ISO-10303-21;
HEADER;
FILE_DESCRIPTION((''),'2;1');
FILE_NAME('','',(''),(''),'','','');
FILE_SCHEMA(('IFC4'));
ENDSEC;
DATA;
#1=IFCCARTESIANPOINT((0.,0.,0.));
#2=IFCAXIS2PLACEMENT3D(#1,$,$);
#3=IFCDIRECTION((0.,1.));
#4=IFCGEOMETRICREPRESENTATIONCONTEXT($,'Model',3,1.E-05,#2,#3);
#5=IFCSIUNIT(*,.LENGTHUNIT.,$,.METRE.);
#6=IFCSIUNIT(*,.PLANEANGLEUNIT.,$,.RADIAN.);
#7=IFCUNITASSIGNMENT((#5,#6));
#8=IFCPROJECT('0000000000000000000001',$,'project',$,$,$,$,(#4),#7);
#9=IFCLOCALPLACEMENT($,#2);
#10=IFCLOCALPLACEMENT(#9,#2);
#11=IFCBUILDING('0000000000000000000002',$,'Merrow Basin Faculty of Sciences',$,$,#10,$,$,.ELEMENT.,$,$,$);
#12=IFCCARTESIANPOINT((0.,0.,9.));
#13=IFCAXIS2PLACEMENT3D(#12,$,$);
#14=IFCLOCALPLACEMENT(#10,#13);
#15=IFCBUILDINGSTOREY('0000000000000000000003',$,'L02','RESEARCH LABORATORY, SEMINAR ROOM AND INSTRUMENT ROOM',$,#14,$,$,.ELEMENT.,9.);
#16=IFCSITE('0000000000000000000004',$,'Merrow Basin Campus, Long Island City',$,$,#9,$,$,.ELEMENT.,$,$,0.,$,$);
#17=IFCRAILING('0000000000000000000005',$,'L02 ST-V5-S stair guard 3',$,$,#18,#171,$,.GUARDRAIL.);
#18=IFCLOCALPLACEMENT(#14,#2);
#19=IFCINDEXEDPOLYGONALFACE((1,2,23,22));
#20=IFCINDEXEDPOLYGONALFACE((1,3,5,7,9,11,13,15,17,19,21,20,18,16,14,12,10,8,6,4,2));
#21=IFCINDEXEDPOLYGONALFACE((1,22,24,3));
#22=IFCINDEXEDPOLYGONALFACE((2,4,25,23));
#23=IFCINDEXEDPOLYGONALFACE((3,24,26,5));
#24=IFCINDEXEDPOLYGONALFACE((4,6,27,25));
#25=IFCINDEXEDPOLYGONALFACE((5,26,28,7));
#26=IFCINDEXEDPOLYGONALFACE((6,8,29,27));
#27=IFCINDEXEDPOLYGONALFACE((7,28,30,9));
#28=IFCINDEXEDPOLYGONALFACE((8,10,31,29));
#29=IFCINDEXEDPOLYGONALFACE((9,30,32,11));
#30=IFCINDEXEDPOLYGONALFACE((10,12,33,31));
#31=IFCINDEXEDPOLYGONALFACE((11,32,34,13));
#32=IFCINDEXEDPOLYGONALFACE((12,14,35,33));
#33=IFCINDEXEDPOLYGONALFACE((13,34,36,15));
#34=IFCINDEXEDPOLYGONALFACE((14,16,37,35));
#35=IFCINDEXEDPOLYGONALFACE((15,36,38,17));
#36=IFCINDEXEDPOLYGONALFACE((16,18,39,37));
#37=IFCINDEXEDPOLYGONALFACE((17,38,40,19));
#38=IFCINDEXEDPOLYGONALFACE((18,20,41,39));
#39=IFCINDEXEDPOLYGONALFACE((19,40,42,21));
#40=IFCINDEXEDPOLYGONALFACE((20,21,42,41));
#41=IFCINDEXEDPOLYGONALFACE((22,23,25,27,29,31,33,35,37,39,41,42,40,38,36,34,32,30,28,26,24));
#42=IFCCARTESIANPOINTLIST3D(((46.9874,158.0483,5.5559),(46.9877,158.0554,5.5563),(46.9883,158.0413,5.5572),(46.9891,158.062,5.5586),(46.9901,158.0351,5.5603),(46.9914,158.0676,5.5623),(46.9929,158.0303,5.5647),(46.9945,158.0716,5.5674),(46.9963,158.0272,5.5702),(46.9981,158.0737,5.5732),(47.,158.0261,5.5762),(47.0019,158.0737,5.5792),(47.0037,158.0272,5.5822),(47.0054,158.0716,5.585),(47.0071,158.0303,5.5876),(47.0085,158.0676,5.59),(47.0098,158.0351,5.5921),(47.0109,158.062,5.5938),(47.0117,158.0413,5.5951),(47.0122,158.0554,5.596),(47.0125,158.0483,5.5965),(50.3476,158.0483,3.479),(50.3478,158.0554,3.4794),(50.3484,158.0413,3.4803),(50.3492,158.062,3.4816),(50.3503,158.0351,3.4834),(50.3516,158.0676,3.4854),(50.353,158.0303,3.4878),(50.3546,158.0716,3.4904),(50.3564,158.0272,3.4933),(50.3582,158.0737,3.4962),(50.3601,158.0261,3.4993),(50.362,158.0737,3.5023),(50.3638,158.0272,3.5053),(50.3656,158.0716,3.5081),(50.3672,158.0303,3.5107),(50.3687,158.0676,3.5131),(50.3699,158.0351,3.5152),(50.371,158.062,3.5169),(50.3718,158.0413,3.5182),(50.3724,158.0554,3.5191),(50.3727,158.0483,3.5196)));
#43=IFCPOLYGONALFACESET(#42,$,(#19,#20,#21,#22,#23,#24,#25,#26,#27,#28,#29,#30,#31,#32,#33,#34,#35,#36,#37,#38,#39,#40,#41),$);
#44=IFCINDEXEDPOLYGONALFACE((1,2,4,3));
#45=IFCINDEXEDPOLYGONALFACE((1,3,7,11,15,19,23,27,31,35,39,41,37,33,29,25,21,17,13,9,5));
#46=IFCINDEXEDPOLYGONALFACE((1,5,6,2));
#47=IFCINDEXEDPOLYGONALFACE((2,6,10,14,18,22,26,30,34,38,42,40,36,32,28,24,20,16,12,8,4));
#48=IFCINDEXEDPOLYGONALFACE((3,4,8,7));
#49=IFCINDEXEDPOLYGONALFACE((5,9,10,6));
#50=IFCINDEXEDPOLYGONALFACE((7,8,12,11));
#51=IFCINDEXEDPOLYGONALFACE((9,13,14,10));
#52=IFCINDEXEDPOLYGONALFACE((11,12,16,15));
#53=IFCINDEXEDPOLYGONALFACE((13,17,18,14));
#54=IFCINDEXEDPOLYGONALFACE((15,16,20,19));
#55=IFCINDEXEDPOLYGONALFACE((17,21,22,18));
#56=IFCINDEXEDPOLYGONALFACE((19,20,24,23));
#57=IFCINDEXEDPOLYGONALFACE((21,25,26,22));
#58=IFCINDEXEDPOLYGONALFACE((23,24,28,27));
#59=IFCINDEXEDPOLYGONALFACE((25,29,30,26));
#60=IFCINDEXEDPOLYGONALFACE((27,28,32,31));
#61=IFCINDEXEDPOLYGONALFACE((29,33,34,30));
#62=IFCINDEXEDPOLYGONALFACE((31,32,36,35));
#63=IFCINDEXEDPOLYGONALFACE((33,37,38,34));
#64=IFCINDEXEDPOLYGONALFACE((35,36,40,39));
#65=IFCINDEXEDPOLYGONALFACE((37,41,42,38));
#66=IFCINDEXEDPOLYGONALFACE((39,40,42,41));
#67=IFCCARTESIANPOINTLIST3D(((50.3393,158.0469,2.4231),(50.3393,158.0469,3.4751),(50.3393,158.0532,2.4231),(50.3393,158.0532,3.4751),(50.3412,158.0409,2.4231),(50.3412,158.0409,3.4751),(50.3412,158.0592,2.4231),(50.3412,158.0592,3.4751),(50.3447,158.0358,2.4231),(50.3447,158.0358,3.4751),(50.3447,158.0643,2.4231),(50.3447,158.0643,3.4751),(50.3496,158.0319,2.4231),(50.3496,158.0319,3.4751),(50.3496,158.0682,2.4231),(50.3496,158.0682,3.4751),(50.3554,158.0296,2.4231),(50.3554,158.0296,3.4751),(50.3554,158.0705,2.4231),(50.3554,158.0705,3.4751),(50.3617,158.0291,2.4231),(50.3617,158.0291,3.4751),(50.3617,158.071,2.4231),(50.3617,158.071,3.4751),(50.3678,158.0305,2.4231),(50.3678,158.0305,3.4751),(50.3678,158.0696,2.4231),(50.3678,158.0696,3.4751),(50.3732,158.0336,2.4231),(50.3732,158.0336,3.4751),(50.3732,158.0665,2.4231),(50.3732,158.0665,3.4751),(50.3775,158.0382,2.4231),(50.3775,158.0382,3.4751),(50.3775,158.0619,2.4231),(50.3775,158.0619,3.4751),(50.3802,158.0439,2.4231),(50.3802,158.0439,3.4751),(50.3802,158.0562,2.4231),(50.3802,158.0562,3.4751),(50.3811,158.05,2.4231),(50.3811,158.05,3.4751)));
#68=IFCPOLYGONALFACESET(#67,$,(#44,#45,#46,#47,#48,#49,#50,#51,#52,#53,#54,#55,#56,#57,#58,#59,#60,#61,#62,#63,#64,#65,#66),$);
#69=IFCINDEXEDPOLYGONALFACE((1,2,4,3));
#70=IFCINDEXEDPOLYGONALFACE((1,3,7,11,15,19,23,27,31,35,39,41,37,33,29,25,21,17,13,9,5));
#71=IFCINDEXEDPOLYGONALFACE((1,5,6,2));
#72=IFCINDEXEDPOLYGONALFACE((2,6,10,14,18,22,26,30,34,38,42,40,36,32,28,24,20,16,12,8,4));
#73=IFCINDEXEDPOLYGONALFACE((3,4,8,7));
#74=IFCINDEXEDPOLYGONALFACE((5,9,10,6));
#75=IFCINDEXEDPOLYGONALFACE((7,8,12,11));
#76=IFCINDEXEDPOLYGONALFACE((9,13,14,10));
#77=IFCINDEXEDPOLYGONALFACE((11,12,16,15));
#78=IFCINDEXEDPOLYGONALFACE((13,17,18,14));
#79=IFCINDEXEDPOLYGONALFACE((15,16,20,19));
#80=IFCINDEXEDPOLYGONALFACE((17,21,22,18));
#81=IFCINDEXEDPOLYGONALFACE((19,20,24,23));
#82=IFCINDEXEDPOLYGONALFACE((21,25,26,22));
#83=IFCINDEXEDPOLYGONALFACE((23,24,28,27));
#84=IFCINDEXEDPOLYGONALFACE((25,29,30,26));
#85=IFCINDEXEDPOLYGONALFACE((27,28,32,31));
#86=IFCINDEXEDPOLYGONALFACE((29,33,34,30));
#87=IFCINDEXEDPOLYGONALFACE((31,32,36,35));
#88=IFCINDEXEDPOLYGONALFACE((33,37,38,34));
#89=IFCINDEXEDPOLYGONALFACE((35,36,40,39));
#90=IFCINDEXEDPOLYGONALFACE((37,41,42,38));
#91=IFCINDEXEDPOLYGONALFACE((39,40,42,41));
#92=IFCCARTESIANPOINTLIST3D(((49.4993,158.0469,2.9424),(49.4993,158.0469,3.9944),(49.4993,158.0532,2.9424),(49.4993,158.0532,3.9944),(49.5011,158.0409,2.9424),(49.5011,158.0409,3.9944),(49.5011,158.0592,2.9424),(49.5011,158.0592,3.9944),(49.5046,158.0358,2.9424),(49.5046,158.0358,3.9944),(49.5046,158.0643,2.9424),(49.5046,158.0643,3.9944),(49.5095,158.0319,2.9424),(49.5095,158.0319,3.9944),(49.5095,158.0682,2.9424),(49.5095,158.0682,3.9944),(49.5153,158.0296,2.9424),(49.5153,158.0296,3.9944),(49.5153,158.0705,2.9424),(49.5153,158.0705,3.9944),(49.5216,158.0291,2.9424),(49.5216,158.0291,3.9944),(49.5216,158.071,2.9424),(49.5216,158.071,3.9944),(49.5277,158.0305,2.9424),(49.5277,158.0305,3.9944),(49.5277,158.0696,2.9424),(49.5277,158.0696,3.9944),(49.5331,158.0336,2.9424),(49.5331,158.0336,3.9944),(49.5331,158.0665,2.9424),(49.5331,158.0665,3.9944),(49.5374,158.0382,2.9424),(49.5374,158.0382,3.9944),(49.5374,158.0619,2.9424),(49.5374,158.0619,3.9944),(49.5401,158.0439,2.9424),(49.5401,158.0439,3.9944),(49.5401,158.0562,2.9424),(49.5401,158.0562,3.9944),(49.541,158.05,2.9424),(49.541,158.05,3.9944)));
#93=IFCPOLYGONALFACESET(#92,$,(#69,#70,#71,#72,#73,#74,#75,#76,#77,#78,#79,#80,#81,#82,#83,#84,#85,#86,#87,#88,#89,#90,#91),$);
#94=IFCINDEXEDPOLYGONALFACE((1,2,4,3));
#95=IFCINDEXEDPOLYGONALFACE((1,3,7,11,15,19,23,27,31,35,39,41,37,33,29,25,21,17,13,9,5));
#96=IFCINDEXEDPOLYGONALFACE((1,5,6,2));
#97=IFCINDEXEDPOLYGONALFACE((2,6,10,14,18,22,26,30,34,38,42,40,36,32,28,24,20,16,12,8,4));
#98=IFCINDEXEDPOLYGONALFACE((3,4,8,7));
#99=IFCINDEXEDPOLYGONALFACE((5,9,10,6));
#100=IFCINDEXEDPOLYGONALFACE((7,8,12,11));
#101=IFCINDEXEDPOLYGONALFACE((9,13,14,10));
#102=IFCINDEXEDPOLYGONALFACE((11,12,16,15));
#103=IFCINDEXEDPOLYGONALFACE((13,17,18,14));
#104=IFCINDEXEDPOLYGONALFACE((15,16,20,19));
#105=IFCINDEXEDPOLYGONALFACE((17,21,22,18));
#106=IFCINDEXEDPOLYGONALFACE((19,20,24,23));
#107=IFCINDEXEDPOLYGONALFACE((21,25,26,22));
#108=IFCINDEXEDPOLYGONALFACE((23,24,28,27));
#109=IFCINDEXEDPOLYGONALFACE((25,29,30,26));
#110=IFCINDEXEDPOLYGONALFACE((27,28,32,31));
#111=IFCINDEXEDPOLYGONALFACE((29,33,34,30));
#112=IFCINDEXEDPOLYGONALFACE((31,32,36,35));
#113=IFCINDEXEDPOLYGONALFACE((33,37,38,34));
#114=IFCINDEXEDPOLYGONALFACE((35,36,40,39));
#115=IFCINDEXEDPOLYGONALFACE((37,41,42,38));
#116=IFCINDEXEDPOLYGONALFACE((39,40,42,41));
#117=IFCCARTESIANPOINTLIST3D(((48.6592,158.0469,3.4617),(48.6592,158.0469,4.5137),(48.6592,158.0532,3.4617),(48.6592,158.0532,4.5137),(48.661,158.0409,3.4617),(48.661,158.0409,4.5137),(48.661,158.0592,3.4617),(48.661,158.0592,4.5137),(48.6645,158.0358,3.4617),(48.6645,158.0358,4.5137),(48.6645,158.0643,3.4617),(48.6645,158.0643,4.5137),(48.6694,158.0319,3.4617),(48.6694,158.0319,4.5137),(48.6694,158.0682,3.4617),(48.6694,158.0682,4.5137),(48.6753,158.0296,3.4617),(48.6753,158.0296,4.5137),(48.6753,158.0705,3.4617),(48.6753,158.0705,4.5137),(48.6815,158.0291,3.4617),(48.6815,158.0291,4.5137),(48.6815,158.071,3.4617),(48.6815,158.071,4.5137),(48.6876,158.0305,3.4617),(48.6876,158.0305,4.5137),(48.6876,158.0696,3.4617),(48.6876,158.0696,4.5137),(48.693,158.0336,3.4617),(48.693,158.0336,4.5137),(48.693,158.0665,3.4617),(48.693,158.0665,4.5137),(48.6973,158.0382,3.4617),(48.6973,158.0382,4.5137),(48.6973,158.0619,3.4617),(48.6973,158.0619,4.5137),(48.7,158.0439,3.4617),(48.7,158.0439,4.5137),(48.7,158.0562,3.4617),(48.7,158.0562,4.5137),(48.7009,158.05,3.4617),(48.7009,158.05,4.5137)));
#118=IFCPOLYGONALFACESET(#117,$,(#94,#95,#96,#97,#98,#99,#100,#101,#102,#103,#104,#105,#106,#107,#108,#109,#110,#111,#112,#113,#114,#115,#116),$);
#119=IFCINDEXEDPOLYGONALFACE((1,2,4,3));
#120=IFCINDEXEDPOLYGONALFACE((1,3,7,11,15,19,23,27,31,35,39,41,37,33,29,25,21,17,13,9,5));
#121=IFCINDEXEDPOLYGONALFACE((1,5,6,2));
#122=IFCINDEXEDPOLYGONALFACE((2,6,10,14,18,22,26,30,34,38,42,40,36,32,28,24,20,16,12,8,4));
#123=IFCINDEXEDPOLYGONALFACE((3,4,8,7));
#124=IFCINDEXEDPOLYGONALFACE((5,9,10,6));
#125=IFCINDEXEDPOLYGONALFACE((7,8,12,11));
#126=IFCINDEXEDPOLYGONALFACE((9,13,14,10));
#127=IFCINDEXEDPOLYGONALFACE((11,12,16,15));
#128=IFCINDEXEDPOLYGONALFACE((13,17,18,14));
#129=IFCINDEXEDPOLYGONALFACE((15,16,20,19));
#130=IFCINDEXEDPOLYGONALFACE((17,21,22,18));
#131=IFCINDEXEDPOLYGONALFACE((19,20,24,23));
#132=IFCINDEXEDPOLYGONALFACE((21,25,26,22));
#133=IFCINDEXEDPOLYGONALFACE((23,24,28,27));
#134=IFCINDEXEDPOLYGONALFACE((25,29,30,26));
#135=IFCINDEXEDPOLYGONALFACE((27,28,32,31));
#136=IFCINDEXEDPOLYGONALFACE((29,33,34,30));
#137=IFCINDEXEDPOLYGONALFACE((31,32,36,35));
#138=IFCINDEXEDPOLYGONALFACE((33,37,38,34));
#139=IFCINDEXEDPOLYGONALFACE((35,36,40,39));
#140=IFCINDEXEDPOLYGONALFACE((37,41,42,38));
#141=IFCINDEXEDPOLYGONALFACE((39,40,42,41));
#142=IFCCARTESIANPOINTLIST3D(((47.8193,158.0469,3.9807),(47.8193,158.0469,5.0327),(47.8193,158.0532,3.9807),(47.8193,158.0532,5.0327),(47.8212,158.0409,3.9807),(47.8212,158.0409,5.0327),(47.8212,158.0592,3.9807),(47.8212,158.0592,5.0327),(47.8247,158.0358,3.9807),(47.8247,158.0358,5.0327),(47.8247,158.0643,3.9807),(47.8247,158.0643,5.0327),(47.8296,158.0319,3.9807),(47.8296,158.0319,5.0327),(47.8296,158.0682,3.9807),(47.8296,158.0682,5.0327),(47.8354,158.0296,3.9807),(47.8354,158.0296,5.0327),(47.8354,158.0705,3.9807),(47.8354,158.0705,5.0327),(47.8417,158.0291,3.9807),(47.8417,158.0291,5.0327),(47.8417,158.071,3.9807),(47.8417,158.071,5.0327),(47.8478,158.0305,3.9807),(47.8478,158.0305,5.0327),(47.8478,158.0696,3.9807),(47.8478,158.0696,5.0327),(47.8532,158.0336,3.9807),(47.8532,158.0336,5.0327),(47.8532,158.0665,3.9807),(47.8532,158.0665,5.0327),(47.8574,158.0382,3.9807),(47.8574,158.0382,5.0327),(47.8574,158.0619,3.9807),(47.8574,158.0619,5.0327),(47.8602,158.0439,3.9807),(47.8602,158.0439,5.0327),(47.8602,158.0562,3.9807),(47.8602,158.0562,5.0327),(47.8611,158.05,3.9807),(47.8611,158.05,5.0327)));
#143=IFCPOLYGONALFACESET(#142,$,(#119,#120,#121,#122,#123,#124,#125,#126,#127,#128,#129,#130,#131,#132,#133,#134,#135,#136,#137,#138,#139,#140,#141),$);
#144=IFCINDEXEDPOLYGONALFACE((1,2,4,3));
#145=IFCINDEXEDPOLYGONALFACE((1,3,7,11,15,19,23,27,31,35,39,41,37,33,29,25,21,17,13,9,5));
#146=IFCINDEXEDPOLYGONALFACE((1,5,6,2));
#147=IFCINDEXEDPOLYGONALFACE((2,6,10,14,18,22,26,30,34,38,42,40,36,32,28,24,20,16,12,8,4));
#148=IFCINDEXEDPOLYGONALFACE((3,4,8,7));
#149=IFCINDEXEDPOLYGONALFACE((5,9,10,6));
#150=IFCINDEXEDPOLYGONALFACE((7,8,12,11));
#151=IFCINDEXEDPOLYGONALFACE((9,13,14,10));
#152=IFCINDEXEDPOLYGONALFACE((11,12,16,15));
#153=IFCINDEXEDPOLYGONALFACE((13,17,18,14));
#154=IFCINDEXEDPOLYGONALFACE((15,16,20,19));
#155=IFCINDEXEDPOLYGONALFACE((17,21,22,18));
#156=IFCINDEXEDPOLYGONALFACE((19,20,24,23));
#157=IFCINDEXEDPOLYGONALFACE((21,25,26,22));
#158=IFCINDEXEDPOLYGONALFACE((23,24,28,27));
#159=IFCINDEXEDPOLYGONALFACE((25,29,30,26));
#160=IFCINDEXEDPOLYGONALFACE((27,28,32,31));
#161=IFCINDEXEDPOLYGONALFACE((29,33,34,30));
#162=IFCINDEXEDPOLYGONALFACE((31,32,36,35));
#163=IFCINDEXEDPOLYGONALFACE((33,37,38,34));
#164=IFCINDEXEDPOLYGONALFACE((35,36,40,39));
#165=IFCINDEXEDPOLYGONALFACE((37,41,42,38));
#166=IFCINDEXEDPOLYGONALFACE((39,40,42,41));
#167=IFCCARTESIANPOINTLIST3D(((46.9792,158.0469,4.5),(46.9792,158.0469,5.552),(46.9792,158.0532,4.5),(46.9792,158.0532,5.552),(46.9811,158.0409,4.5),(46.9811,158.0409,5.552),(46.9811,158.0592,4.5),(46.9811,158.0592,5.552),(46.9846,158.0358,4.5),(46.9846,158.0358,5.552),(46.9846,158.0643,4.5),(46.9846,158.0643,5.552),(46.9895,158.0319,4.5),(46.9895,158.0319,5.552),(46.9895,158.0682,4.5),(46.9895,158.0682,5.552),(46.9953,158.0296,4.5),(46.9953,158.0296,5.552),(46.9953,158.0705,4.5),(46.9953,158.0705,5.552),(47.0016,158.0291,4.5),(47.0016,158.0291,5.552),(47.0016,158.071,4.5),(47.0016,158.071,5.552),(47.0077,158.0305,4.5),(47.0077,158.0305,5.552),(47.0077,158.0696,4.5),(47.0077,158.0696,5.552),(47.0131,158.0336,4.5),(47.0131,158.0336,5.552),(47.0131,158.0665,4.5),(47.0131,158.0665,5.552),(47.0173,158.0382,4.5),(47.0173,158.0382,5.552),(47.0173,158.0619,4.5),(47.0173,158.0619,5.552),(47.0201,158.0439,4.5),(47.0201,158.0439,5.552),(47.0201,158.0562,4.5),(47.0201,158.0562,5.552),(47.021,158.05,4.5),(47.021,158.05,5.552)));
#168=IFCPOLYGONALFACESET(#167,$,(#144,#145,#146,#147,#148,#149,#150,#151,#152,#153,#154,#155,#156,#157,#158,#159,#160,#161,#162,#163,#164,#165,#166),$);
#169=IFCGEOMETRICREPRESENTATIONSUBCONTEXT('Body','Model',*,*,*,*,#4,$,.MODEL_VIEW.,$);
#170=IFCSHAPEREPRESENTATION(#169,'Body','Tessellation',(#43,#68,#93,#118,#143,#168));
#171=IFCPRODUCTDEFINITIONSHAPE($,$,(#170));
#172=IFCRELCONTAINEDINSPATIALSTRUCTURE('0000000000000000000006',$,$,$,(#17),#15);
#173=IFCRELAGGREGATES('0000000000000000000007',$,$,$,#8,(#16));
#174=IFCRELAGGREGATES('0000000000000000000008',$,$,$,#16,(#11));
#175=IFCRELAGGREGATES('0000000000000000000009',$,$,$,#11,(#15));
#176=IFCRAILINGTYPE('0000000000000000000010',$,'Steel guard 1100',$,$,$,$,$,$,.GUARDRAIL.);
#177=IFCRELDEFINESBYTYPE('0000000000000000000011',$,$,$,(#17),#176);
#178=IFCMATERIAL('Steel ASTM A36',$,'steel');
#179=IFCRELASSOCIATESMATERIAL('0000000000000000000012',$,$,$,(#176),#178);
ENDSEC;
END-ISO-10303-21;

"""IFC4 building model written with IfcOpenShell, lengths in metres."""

from ifc_helpers import new_model, si_unit, direction, frame, origin, origin_2d, place, context, subcontext, project, spatial, circle, extrude, material, type_object, element, save


model = new_model("IFC4")

# Units and contexts
model_context = context("Model", 3, precision=1e-05, world=origin(), true_north=direction((0.0, 1.0)))
body_context = subcontext(model_context, "Body", "Model", "MODEL_VIEW")
ifc_project = project(units=[si_unit("LENGTHUNIT", "METRE"), si_unit("PLANEANGLEUNIT", "RADIAN")], contexts=[model_context])

# Site, building, storey
site_placement = place(None, origin())
site = spatial("IfcSite", under=ifc_project, at=site_placement, Name="Merrow Basin Campus, Long Island City", CompositionType="ELEMENT", RefElevation=0.0)
building_placement = place(site_placement, origin())
building = spatial("IfcBuilding", under=site, at=building_placement, Name="Merrow Basin Faculty of Sciences", CompositionType="ELEMENT")
storey_placement = place(building_placement, frame((0.0, 0.0, 9.0)))
storey = spatial("IfcBuildingStorey", under=building, at=storey_placement, Name="L02", Description="RESEARCH LABORATORY, SEMINAR ROOM AND INSTRUMENT ROOM", CompositionType="ELEMENT", Elevation=9.0)

# Railing
ifc_material_1 = material(Name="Steel ASTM A36", Category="steel")
railing_type_1 = type_object("IfcRailingType", Name="Steel guard 1100", PredefinedType="GUARDRAIL", material=ifc_material_1)
railing_1_placement = place(storey_placement, frame((50.3601, 158.05, 2.4231)))
element("IfcRailing", 1, at=railing_1_placement, inside=storey, type_object=railing_type_1, Name="L02 ST-V5-S stair guard 3", PredefinedType="GUARDRAIL", context=body_context, shape_type="SweptSolid", body=[
    extrude(circle(Radius=0.0239, at=origin_2d()), frame((0.0, 0.0, 1.0762), z_axis=(-0.850623, 0.0, 0.525776), x_axis=(0.0, -1.0, 0.0)), (0.0, 0.0, 1.0), 3.9502),
    extrude(circle(Radius=0.021, at=origin_2d()), origin(), (0.0, 0.0, 1.0), 1.052),
    extrude(circle(Radius=0.021, at=origin_2d()), frame((-0.8401, 0.0, 0.5193)), (0.0, 0.0, 1.0), 1.052),
    extrude(circle(Radius=0.021, at=origin_2d()), frame((-1.6802, 0.0, 1.0386)), (0.0, 0.0, 1.0), 1.052),
    extrude(circle(Radius=0.021, at=origin_2d()), frame((-2.52, 0.0, 1.5576)), (0.0, 0.0, 1.0), 1.052),
    extrude(circle(Radius=0.021, at=origin_2d()), frame((-3.3601, 0.0, 2.0769)), (0.0, 0.0, 1.0), 1.052),
])

save(model, "model.ifc")
